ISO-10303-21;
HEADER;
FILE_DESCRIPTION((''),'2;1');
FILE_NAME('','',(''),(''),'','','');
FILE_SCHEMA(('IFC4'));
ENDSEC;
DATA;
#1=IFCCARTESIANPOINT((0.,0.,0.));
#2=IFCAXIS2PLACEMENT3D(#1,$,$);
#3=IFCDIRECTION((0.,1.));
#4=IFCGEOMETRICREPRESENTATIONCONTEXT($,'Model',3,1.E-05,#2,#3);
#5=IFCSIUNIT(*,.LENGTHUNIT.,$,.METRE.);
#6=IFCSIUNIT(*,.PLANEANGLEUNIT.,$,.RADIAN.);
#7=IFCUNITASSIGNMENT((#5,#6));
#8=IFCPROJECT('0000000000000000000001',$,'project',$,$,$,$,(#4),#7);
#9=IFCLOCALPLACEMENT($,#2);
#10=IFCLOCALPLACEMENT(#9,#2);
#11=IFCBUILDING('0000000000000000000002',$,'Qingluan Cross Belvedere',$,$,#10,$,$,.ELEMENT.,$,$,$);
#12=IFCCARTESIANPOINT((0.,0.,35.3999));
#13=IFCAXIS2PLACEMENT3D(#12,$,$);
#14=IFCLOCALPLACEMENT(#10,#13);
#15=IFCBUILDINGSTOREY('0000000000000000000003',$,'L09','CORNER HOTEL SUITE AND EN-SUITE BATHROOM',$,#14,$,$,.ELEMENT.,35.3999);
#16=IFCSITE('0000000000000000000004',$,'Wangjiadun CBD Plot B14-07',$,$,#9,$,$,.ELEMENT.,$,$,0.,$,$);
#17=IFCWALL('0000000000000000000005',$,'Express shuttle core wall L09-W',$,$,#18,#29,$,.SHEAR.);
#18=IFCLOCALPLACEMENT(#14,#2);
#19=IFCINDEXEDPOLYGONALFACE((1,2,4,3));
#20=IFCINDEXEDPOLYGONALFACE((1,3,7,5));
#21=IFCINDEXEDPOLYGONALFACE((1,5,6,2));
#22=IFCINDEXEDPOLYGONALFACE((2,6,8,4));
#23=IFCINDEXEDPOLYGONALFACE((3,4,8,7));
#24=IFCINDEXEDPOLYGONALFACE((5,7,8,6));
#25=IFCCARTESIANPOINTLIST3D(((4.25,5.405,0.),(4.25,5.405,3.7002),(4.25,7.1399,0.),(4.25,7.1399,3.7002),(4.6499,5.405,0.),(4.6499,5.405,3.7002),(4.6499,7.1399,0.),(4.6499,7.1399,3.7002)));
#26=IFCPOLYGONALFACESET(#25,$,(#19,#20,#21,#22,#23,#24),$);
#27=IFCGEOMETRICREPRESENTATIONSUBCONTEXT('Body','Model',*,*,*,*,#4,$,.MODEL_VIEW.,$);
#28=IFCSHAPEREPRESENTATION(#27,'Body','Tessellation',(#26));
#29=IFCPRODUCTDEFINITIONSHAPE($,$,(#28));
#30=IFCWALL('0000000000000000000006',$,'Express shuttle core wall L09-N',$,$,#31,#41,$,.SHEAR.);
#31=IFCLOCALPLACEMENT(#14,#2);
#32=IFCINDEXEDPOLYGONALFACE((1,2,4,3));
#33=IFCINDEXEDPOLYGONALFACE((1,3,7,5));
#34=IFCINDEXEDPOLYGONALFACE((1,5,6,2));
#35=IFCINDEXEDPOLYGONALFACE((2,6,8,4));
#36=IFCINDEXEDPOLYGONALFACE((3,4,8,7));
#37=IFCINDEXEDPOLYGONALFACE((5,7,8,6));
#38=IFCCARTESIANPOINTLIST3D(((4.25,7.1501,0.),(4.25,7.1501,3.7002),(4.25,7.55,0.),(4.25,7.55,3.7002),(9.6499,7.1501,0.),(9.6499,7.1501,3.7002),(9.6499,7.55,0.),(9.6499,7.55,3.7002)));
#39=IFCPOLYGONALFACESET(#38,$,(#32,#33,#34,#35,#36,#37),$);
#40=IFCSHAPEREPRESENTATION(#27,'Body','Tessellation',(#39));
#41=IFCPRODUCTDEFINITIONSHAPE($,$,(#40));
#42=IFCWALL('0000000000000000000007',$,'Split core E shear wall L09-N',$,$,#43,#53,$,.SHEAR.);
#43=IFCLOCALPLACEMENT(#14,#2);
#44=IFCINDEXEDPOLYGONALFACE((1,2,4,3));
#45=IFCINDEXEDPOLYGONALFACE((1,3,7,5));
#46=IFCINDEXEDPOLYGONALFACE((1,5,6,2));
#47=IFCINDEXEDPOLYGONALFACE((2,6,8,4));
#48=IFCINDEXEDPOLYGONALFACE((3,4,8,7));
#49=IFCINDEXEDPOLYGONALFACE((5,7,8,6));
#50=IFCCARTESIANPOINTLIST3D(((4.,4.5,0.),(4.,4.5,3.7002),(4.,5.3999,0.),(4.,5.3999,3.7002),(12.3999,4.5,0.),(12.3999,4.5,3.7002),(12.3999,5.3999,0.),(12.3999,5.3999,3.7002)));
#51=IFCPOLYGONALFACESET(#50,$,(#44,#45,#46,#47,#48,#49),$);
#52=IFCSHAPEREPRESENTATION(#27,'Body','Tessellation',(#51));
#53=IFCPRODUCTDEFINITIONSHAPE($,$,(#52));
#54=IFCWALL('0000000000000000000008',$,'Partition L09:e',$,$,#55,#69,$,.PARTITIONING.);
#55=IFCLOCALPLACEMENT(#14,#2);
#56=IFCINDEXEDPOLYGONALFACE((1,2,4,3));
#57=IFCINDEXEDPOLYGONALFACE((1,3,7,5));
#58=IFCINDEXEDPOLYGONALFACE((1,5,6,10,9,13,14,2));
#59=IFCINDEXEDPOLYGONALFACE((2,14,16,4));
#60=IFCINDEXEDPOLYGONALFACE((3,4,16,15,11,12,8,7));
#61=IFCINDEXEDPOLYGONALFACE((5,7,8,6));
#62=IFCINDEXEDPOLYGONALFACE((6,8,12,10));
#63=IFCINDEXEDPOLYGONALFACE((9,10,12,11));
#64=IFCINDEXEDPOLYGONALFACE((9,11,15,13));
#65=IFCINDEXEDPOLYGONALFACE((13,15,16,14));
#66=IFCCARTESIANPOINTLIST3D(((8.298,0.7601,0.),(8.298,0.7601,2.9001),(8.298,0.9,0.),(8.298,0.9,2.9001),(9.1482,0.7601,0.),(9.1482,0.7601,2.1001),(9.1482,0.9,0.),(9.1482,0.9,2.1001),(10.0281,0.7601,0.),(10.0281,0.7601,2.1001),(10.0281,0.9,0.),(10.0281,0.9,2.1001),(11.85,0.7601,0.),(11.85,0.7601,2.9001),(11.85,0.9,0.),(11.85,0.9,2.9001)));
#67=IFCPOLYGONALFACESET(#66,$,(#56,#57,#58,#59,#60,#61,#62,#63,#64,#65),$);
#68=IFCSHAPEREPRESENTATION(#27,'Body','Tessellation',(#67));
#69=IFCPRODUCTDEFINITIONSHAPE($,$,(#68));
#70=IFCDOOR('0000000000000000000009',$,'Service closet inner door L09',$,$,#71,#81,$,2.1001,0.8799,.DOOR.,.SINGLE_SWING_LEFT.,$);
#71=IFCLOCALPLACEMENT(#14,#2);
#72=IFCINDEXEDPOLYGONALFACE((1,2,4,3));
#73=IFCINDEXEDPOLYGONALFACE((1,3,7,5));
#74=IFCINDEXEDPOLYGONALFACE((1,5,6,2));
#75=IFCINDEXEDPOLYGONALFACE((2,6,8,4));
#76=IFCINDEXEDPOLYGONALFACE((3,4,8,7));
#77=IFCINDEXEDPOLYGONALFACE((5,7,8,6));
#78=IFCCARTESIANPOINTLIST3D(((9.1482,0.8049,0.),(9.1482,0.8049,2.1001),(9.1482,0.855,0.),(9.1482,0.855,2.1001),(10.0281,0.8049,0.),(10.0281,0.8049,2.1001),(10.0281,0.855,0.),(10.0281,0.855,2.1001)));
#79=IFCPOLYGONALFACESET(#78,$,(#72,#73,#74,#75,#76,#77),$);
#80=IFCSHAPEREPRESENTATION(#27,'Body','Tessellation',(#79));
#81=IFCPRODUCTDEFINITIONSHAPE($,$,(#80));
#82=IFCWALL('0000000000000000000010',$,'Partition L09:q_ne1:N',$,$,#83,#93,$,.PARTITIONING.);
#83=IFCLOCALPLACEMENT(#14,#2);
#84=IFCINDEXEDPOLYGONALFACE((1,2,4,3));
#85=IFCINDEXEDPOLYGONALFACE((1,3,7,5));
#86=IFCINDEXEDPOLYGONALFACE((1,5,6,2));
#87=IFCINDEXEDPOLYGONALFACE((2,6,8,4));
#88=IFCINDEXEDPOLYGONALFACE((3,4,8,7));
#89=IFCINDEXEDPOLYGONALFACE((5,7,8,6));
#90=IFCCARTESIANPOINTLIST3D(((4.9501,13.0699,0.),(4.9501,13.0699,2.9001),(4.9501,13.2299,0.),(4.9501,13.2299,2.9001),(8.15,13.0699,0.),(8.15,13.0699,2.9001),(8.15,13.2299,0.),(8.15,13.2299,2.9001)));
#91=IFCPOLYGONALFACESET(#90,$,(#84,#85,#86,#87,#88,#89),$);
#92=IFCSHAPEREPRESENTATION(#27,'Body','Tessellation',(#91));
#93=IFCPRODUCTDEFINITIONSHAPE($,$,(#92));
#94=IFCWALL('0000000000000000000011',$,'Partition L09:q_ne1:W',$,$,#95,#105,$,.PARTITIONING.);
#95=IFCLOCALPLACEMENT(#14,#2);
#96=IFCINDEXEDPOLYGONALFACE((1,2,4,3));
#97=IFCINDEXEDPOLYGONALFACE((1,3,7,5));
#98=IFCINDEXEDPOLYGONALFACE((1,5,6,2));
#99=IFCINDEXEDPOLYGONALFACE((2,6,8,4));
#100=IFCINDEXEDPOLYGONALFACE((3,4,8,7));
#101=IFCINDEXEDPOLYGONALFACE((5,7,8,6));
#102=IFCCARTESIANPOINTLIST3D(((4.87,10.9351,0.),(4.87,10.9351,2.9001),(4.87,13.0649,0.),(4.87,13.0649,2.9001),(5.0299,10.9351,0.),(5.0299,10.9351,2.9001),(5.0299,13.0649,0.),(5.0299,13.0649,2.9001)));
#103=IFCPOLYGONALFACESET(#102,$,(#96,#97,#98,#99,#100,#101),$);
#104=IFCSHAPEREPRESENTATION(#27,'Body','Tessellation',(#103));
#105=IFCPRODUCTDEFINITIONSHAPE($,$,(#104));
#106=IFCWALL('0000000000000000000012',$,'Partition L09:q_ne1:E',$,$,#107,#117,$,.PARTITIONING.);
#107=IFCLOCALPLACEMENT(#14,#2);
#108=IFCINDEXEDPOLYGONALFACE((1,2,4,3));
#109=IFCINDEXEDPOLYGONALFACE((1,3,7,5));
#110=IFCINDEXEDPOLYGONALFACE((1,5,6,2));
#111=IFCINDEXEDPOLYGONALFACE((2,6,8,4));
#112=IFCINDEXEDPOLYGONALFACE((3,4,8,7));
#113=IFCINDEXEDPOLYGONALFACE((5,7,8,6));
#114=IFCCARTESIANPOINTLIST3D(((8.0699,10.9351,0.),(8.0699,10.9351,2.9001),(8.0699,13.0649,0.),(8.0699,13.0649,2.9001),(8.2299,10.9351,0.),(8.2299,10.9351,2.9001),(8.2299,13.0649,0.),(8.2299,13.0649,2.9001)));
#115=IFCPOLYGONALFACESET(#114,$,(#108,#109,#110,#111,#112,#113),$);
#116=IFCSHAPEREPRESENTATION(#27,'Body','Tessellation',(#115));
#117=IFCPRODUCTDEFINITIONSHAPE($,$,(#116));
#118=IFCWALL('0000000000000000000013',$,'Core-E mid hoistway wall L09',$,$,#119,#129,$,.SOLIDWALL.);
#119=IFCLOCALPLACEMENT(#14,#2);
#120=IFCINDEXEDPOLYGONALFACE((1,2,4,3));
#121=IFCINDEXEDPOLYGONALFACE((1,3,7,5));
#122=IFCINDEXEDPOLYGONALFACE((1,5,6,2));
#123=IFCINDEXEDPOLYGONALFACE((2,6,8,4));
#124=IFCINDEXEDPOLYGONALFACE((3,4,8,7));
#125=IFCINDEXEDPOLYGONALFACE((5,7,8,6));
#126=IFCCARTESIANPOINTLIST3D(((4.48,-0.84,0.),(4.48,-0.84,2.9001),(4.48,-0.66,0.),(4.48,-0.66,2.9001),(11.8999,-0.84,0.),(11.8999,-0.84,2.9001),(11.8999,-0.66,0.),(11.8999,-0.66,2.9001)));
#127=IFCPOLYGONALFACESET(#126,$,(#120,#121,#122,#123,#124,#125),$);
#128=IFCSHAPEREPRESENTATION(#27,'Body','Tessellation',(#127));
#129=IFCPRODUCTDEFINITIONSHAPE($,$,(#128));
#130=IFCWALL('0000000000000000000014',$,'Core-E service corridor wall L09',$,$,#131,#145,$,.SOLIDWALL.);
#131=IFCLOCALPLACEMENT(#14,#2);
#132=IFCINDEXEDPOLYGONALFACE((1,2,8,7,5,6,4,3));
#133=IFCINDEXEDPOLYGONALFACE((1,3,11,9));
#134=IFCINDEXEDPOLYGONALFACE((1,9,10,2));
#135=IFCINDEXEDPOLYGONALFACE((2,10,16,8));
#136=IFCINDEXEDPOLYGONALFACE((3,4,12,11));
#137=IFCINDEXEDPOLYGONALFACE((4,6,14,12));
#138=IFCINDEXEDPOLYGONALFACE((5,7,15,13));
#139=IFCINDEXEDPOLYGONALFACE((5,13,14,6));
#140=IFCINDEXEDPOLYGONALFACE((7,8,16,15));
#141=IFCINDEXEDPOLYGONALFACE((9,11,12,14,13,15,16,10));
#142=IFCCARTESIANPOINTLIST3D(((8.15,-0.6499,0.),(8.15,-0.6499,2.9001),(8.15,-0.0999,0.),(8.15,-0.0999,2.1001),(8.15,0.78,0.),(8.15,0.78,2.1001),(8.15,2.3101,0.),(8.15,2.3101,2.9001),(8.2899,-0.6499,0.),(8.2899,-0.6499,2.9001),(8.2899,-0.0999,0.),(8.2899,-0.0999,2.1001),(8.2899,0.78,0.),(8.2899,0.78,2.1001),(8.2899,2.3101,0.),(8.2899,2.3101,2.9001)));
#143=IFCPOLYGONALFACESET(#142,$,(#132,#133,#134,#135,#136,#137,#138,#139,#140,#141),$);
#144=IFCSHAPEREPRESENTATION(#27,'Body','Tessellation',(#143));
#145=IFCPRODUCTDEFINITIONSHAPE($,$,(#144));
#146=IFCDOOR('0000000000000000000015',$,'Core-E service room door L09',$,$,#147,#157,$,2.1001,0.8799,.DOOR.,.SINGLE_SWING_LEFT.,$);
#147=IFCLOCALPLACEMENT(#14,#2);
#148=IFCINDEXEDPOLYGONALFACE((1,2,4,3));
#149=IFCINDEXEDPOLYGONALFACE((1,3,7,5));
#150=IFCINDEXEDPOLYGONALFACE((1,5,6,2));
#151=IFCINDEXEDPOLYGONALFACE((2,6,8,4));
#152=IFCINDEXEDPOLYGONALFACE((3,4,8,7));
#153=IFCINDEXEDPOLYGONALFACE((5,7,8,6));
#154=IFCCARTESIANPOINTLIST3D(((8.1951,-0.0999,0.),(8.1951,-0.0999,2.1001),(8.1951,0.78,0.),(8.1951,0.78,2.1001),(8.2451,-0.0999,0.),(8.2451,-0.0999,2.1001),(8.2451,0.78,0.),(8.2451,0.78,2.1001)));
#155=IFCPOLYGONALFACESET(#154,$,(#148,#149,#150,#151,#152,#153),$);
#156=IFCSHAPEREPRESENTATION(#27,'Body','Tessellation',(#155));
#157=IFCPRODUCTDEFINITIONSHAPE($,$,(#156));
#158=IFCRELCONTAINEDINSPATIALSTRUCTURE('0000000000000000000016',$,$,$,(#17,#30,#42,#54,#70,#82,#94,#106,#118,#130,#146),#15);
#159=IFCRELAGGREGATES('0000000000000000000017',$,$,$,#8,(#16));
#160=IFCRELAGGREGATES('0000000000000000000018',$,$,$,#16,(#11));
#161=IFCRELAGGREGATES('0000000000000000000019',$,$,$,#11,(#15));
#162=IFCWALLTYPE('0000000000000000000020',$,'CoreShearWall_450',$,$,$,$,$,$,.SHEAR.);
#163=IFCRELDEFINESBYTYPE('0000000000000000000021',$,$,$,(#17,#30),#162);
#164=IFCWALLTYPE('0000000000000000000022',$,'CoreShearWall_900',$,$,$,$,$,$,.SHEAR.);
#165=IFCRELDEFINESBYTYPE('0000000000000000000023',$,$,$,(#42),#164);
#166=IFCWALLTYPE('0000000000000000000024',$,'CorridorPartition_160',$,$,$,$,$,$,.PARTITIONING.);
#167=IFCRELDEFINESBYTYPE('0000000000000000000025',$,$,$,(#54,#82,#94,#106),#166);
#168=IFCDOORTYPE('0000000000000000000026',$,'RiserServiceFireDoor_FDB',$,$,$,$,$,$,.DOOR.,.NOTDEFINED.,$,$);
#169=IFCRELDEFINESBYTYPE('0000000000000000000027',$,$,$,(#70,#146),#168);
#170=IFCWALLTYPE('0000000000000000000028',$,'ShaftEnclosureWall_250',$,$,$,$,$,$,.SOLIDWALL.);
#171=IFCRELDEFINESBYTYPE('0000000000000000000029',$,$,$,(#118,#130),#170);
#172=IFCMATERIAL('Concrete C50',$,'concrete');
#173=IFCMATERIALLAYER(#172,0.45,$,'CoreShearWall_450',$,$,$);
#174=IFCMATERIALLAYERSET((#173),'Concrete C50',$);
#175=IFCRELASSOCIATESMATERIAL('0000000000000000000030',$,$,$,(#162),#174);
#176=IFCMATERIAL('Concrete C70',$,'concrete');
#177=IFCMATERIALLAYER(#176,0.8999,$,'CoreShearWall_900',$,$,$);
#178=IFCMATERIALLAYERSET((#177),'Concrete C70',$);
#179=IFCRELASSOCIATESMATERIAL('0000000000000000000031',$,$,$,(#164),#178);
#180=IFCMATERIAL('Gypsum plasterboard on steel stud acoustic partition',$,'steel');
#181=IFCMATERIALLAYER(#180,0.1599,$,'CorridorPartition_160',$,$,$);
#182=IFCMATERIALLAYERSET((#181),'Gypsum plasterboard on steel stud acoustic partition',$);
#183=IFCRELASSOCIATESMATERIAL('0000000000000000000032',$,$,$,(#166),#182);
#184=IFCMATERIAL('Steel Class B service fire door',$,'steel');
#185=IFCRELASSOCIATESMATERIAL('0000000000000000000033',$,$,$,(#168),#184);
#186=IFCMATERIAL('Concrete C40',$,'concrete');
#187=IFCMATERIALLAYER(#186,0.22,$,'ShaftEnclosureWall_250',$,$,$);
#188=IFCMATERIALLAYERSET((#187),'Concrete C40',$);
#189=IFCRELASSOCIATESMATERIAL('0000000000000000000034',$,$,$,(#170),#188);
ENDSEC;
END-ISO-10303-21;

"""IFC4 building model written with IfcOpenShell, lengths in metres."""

from ifc_helpers import new_model, si_unit, direction, frame, frame_2d, origin, place, context, subcontext, project, spatial, rectangle, extrude, material, layer, layer_set, type_object, element, fill, save


model = new_model("IFC4")

# Units and contexts
model_context = context("Model", 3, precision=1e-05, world=origin(), true_north=direction((0.0, 1.0)))
body_context = subcontext(model_context, "Body", "Model", "MODEL_VIEW")
ifc_project = project(units=[si_unit("LENGTHUNIT", "METRE"), si_unit("PLANEANGLEUNIT", "RADIAN")], contexts=[model_context])

# Site, building, storey
site_placement = place(None, origin())
site = spatial("IfcSite", under=ifc_project, at=site_placement, Name="Wangjiadun CBD Plot B14-07", CompositionType="ELEMENT", RefElevation=0.0)
building_placement = place(site_placement, origin())
building = spatial("IfcBuilding", under=site, at=building_placement, Name="Qingluan Cross Belvedere", CompositionType="ELEMENT")
storey_placement = place(building_placement, frame((0.0, 0.0, 35.3999)))
storey = spatial("IfcBuildingStorey", under=building, at=storey_placement, Name="L09", Description="CORNER HOTEL SUITE AND EN-SUITE BATHROOM", CompositionType="ELEMENT", Elevation=35.3999)

# Walls
ifc_material_1 = material(Name="Concrete C50", Category="concrete")
ifc_layer_1 = layer(ifc_material_1, 0.45, Name="CoreShearWall_450")
ifc_layer_set_1 = layer_set([ifc_layer_1], Name="Concrete C50")
wall_type_1 = type_object("IfcWallType", Name="CoreShearWall_450", PredefinedType="SHEAR", material=ifc_layer_set_1)
wall_1_placement = place(storey_placement, frame((4.45, 5.405, 0.0), z_axis=(0.0, 0.0, 1.0), x_axis=(0.0, 1.0, 0.0)))
element("IfcWall", 1, at=wall_1_placement, inside=storey, type_object=wall_type_1, Name="Express shuttle core wall L09-W", PredefinedType="SHEAR", context=body_context, shape_type="SweptSolid", body=[
    extrude(rectangle(XDim=1.7349, YDim=0.3999, at=frame_2d((0.8674, 0.0))), origin(), (0.0, 0.0, 1.0), 3.7002),
])
wall_2_placement = place(storey_placement, frame((4.25, 7.3501, 0.0), z_axis=(0.0, 0.0, 1.0), x_axis=(1.0, 0.0, 0.0)))
element("IfcWall", 2, at=wall_2_placement, inside=storey, type_object=wall_type_1, Name="Express shuttle core wall L09-N", PredefinedType="SHEAR", context=body_context, shape_type="SweptSolid", body=[
    extrude(rectangle(XDim=5.3999, YDim=0.3999, at=frame_2d((2.7, 0.0))), origin(), (0.0, 0.0, 1.0), 3.7002),
])
ifc_material_2 = material(Name="Concrete C70", Category="concrete")
ifc_layer_2 = layer(ifc_material_2, 0.8999, Name="CoreShearWall_900")
ifc_layer_set_2 = layer_set([ifc_layer_2], Name="Concrete C70")
wall_type_2 = type_object("IfcWallType", Name="CoreShearWall_900", PredefinedType="SHEAR", material=ifc_layer_set_2)
wall_3_placement = place(storey_placement, frame((4.0, 4.95, 0.0), z_axis=(0.0, 0.0, 1.0), x_axis=(1.0, 0.0, 0.0)))
element("IfcWall", 3, at=wall_3_placement, inside=storey, type_object=wall_type_2, Name="Split core E shear wall L09-N", PredefinedType="SHEAR", context=body_context, shape_type="SweptSolid", body=[
    extrude(rectangle(XDim=8.3999, YDim=0.8999, at=frame_2d((4.2, 0.0))), origin(), (0.0, 0.0, 1.0), 3.7002),
])

# Wall, opening, door
ifc_material_3 = material(Name="Gypsum plasterboard on steel stud acoustic partition", Category="steel")
ifc_layer_3 = layer(ifc_material_3, 0.1599, Name="CorridorPartition_160")
ifc_layer_set_3 = layer_set([ifc_layer_3], Name="Gypsum plasterboard on steel stud acoustic partition")
wall_type_3 = type_object("IfcWallType", Name="CorridorPartition_160", PredefinedType="PARTITIONING", material=ifc_layer_set_3)
wall_4_placement = place(storey_placement, frame((8.2981, 0.8301, 0.0), z_axis=(0.0, 0.0, 1.0), x_axis=(1.0, 0.0, 0.0)))
wall_4 = element("IfcWall", 4, at=wall_4_placement, inside=storey, type_object=wall_type_3, Name="Partition L09:e", PredefinedType="PARTITIONING", context=body_context, shape_type="SweptSolid", body=[
    extrude(rectangle(XDim=3.552, YDim=0.1399, at=frame_2d((1.7759, 0.0))), origin(), (0.0, 0.0, 1.0), 2.9001),
])
opening_1_placement = place(wall_4_placement, frame((0.8501, 0.0, 0.0)))
opening_1 = element("IfcOpeningElement", 5, at=opening_1_placement, cuts=wall_4, PredefinedType="OPENING", context=body_context, shape_type="SweptSolid", body=[
    extrude(rectangle(XDim=0.8799, YDim=2.1001, at=frame_2d((0.4399, 1.05))), frame((0.0, 0.0798, 0.0), z_axis=(0.0, -1.0, 0.0), x_axis=(1.0, 0.0, 0.0)), (0.0, 0.0, 1.0), 0.1599),
])
ifc_material_4 = material(Name="Steel Class B service fire door", Category="steel")
door_type_1 = type_object("IfcDoorType", Name="RiserServiceFireDoor_FDB", OperationType="NOTDEFINED", PredefinedType="DOOR", material=ifc_material_4)
door_1_placement = place(opening_1_placement, origin())
door_1 = element("IfcDoor", 6, at=door_1_placement, inside=storey, type_object=door_type_1, Name="Service closet inner door L09", OperationType="SINGLE_SWING_LEFT", OverallHeight=2.1001, OverallWidth=0.8799, PredefinedType="DOOR", context=body_context, shape_type="SweptSolid", body=[
    extrude(rectangle(XDim=0.8799, YDim=2.1001, at=frame_2d((0.4399, 1.05))), frame((0.0, 0.0249, 0.0), z_axis=(0.0, -1.0, 0.0), x_axis=(1.0, 0.0, 0.0)), (0.0, 0.0, 1.0), 0.05),
])
fill(opening_1, door_1)

# Walls
wall_5_placement = place(storey_placement, frame((4.95, 13.1499, 0.0), z_axis=(0.0, 0.0, 1.0), x_axis=(1.0, 0.0, 0.0)))
element("IfcWall", 7, at=wall_5_placement, inside=storey, type_object=wall_type_3, Name="Partition L09:q_ne1:N", PredefinedType="PARTITIONING", context=body_context, shape_type="SweptSolid", body=[
    extrude(rectangle(XDim=3.2, YDim=0.1599, at=frame_2d((1.6001, 0.0))), origin(), (0.0, 0.0, 1.0), 2.9001),
])
for number, where, z_axis, x_axis, name in (
    (8, (4.95, 10.9351, 0.0), (0.0, 0.0, 1.0), (0.0, 1.0, 0.0), "Partition L09:q_ne1:W"),
    (9, (8.1499, 10.9351, 0.0), (0.0, 0.0, 1.0), (0.0, 1.0, 0.0), "Partition L09:q_ne1:E"),
):
    element("IfcWall", number, at=place(storey_placement, frame(where, z_axis=z_axis, x_axis=x_axis)), inside=storey, type_object=wall_type_3, Name=name, PredefinedType="PARTITIONING", context=body_context, shape_type="SweptSolid", body=[
        extrude(rectangle(XDim=2.1299, YDim=0.1599, at=frame_2d((1.0649, 0.0))), origin(), (0.0, 0.0, 1.0), 2.9001),
    ])

# Shared definitions
ifc_material_5 = material(Name="Concrete C40", Category="concrete")
ifc_layer_4 = layer(ifc_material_5, 0.22, Name="ShaftEnclosureWall_250")
ifc_layer_set_4 = layer_set([ifc_layer_4], Name="Concrete C40")
wall_type_4 = type_object("IfcWallType", Name="ShaftEnclosureWall_250", PredefinedType="SOLIDWALL", material=ifc_layer_set_4)

# Wall
wall_6_placement = place(storey_placement, frame((4.48, -0.75, 0.0), z_axis=(0.0, 0.0, 1.0), x_axis=(1.0, 0.0, 0.0)))
element("IfcWall", 10, at=wall_6_placement, inside=storey, type_object=wall_type_4, Name="Core-E mid hoistway wall L09", PredefinedType="SOLIDWALL", context=body_context, shape_type="SweptSolid", body=[
    extrude(rectangle(XDim=7.4199, YDim=0.1799, at=frame_2d((3.71, 0.0))), origin(), (0.0, 0.0, 1.0), 2.9001),
])

# Wall, opening, door
wall_7_placement = place(storey_placement, frame((8.22, -0.6499, 0.0), z_axis=(0.0, 0.0, 1.0), x_axis=(0.0, 1.0, 0.0)))
wall_7 = element("IfcWall", 11, at=wall_7_placement, inside=storey, type_object=wall_type_4, Name="Core-E service corridor wall L09", PredefinedType="SOLIDWALL", context=body_context, shape_type="SweptSolid", body=[
    extrude(rectangle(XDim=2.96, YDim=0.1399, at=frame_2d((1.48, 0.0))), origin(), (0.0, 0.0, 1.0), 2.9001),
])
opening_2_placement = place(wall_7_placement, frame((0.55, 0.0, 0.0)))
opening_2 = element("IfcOpeningElement", 12, at=opening_2_placement, cuts=wall_7, PredefinedType="OPENING", context=body_context, shape_type="SweptSolid", body=[
    extrude(rectangle(XDim=0.8799, YDim=2.1001, at=frame_2d((0.4399, 1.05))), frame((0.0, 0.0798, 0.0), z_axis=(0.0, -1.0, 0.0), x_axis=(1.0, 0.0, 0.0)), (0.0, 0.0, 1.0), 0.1599),
])
door_2_placement = place(opening_2_placement, origin())
door_2 = element("IfcDoor", 13, at=door_2_placement, inside=storey, type_object=door_type_1, Name="Core-E service room door L09", OperationType="SINGLE_SWING_LEFT", OverallHeight=2.1001, OverallWidth=0.8799, PredefinedType="DOOR", context=body_context, shape_type="SweptSolid", body=[
    extrude(rectangle(XDim=0.8799, YDim=2.1001, at=frame_2d((0.4399, 1.05))), frame((0.0, 0.0249, 0.0), z_axis=(0.0, -1.0, 0.0), x_axis=(1.0, 0.0, 0.0)), (0.0, 0.0, 1.0), 0.05),
])
fill(opening_2, door_2)

save(model, "model.ifc")
